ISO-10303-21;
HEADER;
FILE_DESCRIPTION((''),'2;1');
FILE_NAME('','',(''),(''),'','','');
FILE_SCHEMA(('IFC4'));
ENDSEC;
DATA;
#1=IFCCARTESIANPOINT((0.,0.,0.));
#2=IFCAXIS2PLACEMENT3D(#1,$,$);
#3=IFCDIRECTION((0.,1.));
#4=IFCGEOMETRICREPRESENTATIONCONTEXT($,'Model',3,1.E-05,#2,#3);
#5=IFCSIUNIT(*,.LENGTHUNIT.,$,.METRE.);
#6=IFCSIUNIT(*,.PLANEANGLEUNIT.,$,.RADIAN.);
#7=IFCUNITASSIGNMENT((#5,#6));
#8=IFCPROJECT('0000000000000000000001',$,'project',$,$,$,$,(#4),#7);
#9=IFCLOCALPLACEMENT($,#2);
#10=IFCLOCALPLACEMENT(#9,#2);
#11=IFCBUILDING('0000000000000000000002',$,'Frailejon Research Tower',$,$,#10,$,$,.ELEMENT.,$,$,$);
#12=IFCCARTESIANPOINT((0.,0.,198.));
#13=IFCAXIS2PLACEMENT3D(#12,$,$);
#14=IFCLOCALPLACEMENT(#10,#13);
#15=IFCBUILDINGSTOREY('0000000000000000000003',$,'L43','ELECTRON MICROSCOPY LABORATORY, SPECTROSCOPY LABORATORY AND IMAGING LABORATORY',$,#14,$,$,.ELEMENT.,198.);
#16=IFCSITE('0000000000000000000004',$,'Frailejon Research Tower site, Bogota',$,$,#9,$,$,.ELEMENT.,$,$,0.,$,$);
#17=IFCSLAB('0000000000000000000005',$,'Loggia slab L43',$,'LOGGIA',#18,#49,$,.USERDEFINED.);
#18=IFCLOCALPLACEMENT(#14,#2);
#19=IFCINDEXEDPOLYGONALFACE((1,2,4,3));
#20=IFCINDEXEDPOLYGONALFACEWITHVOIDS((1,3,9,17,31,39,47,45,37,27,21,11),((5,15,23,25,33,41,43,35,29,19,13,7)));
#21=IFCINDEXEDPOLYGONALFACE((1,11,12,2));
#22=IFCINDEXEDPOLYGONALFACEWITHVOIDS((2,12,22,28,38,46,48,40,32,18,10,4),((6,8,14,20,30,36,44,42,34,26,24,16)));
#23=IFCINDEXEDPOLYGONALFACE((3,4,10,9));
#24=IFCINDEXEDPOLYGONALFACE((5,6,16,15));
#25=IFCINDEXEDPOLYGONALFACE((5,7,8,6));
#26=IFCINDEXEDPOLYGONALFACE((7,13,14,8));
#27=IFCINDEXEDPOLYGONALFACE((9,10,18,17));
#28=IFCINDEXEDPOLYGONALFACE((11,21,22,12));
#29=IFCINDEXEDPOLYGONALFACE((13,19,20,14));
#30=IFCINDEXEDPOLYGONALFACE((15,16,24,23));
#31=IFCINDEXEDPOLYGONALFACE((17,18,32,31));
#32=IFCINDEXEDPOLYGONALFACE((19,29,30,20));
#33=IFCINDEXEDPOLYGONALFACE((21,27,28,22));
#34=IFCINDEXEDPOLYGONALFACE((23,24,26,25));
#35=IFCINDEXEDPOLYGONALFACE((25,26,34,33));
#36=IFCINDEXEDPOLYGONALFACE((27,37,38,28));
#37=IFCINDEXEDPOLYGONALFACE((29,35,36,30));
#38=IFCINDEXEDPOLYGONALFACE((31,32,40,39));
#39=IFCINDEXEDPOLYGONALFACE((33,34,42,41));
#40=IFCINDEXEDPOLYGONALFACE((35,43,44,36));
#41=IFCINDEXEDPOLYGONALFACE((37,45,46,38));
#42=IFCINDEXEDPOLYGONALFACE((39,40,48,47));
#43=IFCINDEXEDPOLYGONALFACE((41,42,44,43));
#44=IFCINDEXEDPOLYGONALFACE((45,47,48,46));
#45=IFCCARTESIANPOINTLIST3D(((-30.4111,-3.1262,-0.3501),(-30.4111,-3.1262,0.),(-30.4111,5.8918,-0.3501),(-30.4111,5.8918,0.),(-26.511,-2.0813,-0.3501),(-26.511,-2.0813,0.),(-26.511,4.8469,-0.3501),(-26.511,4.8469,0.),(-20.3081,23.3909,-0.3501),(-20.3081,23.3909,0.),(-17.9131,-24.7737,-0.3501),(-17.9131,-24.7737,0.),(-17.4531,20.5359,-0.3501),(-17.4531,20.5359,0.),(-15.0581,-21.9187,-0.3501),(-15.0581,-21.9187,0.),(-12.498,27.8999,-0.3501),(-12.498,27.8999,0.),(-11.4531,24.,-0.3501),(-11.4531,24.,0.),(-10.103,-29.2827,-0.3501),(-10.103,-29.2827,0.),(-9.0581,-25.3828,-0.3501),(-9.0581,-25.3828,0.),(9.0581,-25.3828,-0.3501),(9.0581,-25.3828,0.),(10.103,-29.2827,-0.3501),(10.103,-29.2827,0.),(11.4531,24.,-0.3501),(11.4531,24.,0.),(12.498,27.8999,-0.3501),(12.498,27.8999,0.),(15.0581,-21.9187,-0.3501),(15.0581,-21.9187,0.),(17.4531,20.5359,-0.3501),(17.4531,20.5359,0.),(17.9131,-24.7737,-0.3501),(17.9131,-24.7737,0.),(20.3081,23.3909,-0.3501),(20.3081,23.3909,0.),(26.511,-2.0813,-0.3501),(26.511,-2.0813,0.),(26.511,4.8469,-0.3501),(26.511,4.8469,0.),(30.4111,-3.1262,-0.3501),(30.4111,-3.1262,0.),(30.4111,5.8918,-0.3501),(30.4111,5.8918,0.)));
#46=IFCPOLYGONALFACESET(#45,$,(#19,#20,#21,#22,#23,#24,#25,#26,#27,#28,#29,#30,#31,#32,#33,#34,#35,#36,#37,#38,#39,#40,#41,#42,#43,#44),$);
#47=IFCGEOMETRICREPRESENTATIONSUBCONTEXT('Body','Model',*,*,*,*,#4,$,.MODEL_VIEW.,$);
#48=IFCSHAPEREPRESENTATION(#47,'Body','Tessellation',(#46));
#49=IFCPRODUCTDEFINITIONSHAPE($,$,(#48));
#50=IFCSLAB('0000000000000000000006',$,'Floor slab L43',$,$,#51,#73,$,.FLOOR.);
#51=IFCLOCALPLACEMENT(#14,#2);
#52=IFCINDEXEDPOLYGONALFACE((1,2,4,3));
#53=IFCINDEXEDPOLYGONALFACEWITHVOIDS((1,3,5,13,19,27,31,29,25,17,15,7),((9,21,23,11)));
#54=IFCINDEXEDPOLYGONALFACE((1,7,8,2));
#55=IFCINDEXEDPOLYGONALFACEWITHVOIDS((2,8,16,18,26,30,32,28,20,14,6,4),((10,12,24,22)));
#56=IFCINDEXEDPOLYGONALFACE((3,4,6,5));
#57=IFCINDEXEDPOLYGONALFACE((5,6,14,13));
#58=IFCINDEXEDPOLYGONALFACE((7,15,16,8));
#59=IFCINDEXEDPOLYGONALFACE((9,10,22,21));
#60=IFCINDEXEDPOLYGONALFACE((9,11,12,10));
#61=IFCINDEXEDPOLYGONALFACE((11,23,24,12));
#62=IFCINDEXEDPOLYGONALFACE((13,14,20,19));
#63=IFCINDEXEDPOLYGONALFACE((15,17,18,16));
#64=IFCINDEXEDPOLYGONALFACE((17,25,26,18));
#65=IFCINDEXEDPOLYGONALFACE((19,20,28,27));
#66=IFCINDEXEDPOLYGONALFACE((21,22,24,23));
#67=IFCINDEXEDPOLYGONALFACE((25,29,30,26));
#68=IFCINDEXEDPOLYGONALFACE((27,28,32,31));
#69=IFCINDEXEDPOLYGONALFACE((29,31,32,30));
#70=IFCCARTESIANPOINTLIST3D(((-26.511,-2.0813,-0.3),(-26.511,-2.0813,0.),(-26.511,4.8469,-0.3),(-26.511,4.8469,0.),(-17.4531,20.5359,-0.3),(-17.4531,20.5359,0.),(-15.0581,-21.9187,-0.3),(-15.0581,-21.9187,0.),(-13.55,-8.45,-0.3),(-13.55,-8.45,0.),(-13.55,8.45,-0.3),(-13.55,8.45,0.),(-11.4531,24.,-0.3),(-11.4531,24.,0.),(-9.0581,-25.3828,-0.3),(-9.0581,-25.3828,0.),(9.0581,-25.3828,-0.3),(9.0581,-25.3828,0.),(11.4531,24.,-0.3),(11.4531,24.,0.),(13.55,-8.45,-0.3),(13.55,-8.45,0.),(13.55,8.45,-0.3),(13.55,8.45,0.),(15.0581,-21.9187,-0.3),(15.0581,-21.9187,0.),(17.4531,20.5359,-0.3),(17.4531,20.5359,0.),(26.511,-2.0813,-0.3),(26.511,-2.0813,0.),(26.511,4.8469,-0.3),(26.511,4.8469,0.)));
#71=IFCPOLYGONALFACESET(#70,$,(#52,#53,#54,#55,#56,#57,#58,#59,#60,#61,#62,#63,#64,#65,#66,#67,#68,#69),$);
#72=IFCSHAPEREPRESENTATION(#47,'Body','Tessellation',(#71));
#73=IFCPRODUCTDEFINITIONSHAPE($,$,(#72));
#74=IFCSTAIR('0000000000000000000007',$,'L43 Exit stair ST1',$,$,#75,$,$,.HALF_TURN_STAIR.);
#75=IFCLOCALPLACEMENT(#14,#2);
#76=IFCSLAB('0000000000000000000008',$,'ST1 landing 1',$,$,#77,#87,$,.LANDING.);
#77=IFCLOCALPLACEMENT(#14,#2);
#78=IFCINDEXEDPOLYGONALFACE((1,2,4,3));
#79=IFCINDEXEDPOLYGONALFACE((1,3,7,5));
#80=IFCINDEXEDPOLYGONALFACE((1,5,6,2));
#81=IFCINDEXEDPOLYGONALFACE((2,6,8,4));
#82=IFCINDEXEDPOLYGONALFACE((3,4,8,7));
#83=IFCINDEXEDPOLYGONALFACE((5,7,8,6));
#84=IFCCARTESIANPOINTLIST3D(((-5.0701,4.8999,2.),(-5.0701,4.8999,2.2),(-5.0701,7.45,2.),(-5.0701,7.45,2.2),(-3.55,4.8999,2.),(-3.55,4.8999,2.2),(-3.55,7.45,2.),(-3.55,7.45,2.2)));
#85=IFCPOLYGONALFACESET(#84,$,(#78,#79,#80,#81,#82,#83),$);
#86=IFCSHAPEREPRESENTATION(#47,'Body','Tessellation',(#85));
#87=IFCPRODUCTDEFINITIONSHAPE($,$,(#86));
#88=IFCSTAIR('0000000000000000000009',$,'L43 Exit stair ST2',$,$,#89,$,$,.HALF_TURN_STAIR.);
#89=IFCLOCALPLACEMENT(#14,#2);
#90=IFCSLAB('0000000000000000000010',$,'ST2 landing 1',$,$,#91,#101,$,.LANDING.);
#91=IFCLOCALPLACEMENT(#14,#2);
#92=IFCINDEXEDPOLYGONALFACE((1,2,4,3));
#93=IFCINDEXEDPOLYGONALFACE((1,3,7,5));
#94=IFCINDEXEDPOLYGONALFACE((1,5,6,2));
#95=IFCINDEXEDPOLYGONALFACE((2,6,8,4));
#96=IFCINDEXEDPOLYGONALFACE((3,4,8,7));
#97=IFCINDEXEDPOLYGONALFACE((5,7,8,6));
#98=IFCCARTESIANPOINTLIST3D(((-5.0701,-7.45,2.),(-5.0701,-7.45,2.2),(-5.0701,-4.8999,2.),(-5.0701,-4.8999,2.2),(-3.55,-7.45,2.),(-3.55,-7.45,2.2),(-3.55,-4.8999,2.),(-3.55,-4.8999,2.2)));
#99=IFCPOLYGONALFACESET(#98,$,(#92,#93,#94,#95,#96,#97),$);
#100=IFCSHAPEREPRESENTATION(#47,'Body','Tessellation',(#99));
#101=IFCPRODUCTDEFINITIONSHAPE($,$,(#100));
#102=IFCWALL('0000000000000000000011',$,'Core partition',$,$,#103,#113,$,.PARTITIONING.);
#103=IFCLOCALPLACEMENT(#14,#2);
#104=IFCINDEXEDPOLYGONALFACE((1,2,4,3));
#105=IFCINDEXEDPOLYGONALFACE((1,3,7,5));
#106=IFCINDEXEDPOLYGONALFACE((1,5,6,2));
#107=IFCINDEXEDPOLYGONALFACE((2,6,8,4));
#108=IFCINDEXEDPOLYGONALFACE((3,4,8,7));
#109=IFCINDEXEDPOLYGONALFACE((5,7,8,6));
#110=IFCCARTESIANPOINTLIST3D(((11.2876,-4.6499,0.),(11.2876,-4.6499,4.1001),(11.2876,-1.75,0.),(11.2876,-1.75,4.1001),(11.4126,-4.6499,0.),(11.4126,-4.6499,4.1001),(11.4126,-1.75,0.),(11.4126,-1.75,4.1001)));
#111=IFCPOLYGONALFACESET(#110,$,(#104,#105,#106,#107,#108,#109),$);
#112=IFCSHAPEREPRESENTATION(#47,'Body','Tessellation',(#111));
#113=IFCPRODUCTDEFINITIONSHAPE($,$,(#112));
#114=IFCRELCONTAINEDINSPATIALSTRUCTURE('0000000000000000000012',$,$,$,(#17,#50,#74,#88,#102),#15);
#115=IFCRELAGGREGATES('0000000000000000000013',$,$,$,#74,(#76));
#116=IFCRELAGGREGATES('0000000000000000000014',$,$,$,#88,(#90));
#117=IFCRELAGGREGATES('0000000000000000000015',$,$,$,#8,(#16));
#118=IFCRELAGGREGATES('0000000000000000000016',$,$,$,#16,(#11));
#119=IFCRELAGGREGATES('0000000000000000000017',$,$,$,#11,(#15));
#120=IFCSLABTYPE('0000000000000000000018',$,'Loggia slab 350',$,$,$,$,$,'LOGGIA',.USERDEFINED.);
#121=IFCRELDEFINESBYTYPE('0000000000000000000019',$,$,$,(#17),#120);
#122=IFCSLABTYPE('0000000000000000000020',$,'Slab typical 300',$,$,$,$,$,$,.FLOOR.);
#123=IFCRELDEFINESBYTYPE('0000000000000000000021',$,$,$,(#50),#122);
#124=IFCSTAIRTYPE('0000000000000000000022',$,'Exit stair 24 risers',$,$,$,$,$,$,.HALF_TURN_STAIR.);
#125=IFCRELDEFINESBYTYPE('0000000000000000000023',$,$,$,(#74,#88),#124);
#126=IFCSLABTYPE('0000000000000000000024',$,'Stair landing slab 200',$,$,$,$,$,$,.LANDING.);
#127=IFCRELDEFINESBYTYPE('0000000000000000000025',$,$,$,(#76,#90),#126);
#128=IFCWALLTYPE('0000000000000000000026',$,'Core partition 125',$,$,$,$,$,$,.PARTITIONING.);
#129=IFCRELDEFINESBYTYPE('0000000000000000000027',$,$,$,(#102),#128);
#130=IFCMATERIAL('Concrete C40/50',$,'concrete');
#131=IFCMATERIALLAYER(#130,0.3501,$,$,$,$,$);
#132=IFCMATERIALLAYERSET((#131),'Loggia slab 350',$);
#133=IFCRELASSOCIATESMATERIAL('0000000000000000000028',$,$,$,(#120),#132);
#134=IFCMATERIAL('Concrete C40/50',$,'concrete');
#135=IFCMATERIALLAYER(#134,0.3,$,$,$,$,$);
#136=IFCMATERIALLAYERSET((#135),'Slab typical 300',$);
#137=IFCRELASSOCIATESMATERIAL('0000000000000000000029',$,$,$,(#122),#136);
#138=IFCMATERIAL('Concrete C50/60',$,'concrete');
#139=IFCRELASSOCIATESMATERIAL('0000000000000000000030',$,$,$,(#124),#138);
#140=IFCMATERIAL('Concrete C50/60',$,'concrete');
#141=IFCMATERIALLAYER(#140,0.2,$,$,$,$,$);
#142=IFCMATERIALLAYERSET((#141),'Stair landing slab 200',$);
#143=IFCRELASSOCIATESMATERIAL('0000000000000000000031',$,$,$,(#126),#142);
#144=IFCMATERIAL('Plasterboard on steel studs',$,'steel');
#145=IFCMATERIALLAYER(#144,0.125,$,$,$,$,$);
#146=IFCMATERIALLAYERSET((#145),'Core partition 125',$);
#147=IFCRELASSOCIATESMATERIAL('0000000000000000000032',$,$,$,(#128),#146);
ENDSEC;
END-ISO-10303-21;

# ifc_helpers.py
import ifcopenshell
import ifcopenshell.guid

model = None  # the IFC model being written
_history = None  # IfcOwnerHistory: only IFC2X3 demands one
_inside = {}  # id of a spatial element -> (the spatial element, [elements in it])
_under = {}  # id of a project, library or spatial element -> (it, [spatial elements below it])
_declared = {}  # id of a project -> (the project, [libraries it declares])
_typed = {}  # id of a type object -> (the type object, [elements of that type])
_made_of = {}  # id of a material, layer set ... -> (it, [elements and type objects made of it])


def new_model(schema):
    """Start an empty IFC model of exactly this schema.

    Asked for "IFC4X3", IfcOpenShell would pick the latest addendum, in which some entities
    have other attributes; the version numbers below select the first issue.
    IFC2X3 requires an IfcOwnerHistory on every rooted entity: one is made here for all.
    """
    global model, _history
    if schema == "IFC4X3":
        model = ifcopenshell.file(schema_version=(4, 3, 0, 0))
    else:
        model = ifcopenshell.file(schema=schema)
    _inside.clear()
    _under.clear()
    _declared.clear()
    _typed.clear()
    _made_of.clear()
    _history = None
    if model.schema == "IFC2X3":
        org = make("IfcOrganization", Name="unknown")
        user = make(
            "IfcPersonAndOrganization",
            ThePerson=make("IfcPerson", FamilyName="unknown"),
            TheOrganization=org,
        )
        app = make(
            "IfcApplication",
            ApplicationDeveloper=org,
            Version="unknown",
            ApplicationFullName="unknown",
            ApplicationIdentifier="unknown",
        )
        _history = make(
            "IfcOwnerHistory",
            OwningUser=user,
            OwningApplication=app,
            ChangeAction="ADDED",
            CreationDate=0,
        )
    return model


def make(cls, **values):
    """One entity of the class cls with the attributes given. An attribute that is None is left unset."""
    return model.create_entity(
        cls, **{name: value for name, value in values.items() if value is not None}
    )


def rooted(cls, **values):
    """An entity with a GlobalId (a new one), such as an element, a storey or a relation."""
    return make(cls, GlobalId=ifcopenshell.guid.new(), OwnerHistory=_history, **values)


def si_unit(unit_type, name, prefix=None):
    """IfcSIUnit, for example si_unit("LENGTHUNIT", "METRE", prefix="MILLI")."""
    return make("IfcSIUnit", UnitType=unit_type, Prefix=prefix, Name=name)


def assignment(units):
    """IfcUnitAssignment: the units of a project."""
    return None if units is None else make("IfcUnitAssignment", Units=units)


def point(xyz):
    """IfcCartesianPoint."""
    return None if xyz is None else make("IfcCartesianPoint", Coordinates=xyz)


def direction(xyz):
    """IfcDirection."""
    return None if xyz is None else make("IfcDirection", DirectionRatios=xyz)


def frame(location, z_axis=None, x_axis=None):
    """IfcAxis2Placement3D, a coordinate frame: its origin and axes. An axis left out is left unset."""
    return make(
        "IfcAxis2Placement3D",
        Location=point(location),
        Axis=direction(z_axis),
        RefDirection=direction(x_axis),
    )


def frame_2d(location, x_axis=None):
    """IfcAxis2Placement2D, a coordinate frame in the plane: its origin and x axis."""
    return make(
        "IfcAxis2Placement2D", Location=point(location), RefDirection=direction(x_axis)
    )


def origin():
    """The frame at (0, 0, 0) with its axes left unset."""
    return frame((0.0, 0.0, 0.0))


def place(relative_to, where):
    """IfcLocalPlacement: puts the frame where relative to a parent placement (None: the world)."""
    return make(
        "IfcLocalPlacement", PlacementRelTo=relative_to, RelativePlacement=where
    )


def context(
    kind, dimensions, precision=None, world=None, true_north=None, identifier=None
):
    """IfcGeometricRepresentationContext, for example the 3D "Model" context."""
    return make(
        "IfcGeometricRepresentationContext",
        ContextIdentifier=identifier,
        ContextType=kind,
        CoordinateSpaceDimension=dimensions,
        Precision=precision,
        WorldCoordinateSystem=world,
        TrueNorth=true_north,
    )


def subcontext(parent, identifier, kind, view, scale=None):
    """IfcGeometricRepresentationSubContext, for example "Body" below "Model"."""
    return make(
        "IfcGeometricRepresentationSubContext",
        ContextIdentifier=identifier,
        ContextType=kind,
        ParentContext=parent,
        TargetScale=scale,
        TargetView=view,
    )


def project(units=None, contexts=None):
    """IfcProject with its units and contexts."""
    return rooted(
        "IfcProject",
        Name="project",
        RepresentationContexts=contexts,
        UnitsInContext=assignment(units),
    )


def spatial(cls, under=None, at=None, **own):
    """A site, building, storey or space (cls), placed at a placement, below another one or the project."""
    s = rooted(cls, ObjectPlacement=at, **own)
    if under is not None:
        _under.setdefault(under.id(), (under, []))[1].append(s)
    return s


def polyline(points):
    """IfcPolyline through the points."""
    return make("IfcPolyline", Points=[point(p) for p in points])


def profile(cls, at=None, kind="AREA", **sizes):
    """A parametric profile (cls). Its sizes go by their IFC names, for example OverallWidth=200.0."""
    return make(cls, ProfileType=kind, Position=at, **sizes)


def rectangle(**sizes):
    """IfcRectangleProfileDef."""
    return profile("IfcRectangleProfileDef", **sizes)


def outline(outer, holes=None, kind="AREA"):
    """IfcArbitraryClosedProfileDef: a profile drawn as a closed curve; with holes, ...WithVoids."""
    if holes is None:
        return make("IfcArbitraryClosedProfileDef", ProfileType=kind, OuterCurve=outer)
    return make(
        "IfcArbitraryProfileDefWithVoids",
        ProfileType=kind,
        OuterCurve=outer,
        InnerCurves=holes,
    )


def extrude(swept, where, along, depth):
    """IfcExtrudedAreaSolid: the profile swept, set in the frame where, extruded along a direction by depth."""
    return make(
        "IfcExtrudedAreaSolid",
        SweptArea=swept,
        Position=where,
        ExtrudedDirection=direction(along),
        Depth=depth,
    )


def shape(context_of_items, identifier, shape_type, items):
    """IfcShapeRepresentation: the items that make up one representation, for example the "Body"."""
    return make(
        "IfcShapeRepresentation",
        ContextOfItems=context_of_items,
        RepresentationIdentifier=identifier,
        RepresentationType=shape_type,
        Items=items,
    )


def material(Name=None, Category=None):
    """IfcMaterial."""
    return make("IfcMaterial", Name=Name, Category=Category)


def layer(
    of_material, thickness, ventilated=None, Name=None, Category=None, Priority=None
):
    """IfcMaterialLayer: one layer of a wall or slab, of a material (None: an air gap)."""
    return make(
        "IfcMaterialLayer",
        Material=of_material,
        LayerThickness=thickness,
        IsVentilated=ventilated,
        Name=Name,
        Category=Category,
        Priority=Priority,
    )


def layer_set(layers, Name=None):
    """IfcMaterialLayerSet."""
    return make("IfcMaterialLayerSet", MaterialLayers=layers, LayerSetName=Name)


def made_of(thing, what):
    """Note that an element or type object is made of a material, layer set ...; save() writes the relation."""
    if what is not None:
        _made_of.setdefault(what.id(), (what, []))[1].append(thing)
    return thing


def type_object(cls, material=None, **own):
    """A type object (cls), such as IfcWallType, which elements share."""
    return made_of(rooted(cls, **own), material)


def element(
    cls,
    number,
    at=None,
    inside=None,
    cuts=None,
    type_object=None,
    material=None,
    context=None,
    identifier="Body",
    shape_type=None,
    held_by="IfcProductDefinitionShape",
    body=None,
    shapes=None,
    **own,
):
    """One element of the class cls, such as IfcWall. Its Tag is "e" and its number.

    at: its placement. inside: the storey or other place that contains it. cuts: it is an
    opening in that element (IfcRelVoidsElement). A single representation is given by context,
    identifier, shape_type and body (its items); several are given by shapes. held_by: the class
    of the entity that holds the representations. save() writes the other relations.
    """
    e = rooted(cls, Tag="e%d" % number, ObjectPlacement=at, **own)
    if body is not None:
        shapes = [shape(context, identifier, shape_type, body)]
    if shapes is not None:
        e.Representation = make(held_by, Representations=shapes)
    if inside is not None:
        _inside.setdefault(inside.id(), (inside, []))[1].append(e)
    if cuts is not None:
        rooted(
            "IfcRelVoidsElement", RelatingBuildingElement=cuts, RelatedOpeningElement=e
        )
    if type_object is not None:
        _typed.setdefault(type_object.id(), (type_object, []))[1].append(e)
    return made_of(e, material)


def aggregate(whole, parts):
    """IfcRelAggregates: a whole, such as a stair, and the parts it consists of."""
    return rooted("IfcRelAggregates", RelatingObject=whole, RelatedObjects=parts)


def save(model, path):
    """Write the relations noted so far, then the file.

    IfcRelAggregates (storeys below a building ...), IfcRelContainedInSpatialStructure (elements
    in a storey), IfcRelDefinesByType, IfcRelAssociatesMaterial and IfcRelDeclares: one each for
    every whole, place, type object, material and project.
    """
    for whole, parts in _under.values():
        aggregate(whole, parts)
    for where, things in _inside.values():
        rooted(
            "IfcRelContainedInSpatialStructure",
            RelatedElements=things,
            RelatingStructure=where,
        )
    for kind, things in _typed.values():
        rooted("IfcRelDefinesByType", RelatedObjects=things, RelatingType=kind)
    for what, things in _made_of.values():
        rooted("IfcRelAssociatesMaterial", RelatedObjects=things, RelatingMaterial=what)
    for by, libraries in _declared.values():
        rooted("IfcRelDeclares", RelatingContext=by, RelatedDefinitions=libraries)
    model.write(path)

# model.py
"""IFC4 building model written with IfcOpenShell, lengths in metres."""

from ifc_helpers import new_model, si_unit, direction, frame, frame_2d, origin, place, context, subcontext, project, spatial, polyline, rectangle, outline, extrude, material, layer, layer_set, type_object, element, aggregate, save


model = new_model("IFC4")

# Units and contexts
model_context = context("Model", 3, precision=1e-05, world=origin(), true_north=direction((0.0, 1.0)))
body_context = subcontext(model_context, "Body", "Model", "MODEL_VIEW")
ifc_project = project(units=[si_unit("LENGTHUNIT", "METRE"), si_unit("PLANEANGLEUNIT", "RADIAN")], contexts=[model_context])

# Site, building, storey
site_placement = place(None, origin())
site = spatial("IfcSite", under=ifc_project, at=site_placement, Name="Frailejon Research Tower site, Bogota", CompositionType="ELEMENT", RefElevation=0.0)
building_placement = place(site_placement, origin())
building = spatial("IfcBuilding", under=site, at=building_placement, Name="Frailejon Research Tower", CompositionType="ELEMENT")
storey_placement = place(building_placement, frame((0.0, 0.0, 198.0)))
storey = spatial("IfcBuildingStorey", under=building, at=storey_placement, Name="L43", Description="ELECTRON MICROSCOPY LABORATORY, SPECTROSCOPY LABORATORY AND IMAGING LABORATORY", CompositionType="ELEMENT", Elevation=198.0)

# Slabs
ifc_material_1 = material(Name="Concrete C40/50", Category="concrete")
ifc_layer_1 = layer(ifc_material_1, 0.3501)
ifc_layer_set_1 = layer_set([ifc_layer_1], Name="Loggia slab 350")
slab_type_1 = type_object("IfcSlabType", Name="Loggia slab 350", ElementType="LOGGIA", PredefinedType="USERDEFINED", material=ifc_layer_set_1)
slab_1_placement = place(storey_placement, frame((0.0, 0.0, -0.3501)))
element("IfcSlab", 1, at=slab_1_placement, inside=storey, type_object=slab_type_1, Name="Loggia slab L43", ObjectType="LOGGIA", PredefinedType="USERDEFINED", context=body_context, shape_type="SweptSolid", body=[
    extrude(outline(polyline([(17.9131, -24.7737), (10.103, -29.2827), (-10.103, -29.2827), (-17.9131, -24.7737), (-30.4111, -3.1262), (-30.4111, 5.8918), (-20.3081, 23.3909), (-12.498, 27.8999), (12.498, 27.8999), (20.3081, 23.3909), (30.4111, 5.8918), (30.4111, -3.1262), (17.9131, -24.7737)]), holes=[polyline([(26.511, 4.8469), (17.4531, 20.5359), (11.4531, 24.0), (-11.4531, 24.0), (-17.4531, 20.5359), (-26.511, 4.8469), (-26.511, -2.0813), (-15.0581, -21.9187), (-9.0581, -25.3828), (9.0581, -25.3828), (15.0581, -21.9187), (26.511, -2.0813), (26.511, 4.8469)])]), origin(), (0.0, 0.0, 1.0), 0.3501),
])
ifc_material_2 = material(Name="Concrete C40/50", Category="concrete")
ifc_layer_2 = layer(ifc_material_2, 0.3)
ifc_layer_set_2 = layer_set([ifc_layer_2], Name="Slab typical 300")
slab_type_2 = type_object("IfcSlabType", Name="Slab typical 300", PredefinedType="FLOOR", material=ifc_layer_set_2)
slab_2_placement = place(storey_placement, frame((0.0, 0.0, -0.3)))
element("IfcSlab", 2, at=slab_2_placement, inside=storey, type_object=slab_type_2, Name="Floor slab L43", PredefinedType="FLOOR", context=body_context, shape_type="SweptSolid", body=[
    extrude(outline(polyline([(26.511, -2.0813), (26.511, 4.8469), (17.4531, 20.5359), (11.4531, 24.0), (-11.4531, 24.0), (-17.4531, 20.5359), (-26.511, 4.8469), (-26.511, -2.0813), (-15.0581, -21.9187), (-9.0581, -25.3828), (9.0581, -25.3828), (15.0581, -21.9187), (26.511, -2.0813)]), holes=[polyline([(13.55, -8.45), (-13.55, -8.45), (-13.55, 8.45), (13.55, 8.45), (13.55, -8.45)])]), origin(), (0.0, 0.0, 1.0), 0.3),
])

# Stairs, slabs
ifc_material_3 = material(Name="Concrete C50/60", Category="concrete")
stair_type = type_object("IfcStairType", Name="Exit stair 24 risers", PredefinedType="HALF_TURN_STAIR", material=ifc_material_3)
stair_1_placement = place(storey_placement, origin())
stair_1 = element("IfcStair", 3, at=stair_1_placement, inside=storey, type_object=stair_type, Name="L43 Exit stair ST1", PredefinedType="HALF_TURN_STAIR")
ifc_material_4 = material(Name="Concrete C50/60", Category="concrete")
ifc_layer_3 = layer(ifc_material_4, 0.2)
ifc_layer_set_3 = layer_set([ifc_layer_3], Name="Stair landing slab 200")
slab_type_3 = type_object("IfcSlabType", Name="Stair landing slab 200", PredefinedType="LANDING", material=ifc_layer_set_3)
slab_3_placement = place(storey_placement, frame((0.0, 0.0, 2.0)))
slab_3 = element("IfcSlab", 4, at=slab_3_placement, type_object=slab_type_3, Name="ST1 landing 1", PredefinedType="LANDING", context=body_context, shape_type="SweptSolid", body=[
    extrude(outline(polyline([(-5.0701, 4.8999), (-3.55, 4.8999), (-3.55, 7.45), (-5.0701, 7.45), (-5.0701, 4.8999)])), origin(), (0.0, 0.0, 1.0), 0.2),
])
aggregate(stair_1, [slab_3])
stair_2_placement = place(storey_placement, origin())
stair_2 = element("IfcStair", 5, at=stair_2_placement, inside=storey, type_object=stair_type, Name="L43 Exit stair ST2", PredefinedType="HALF_TURN_STAIR")
slab_4_placement = place(storey_placement, frame((0.0, 0.0, 2.0)))
slab_4 = element("IfcSlab", 6, at=slab_4_placement, type_object=slab_type_3, Name="ST2 landing 1", PredefinedType="LANDING", context=body_context, shape_type="SweptSolid", body=[
    extrude(outline(polyline([(-5.0701, -7.45), (-3.55, -7.45), (-3.55, -4.8999), (-5.0701, -4.8999), (-5.0701, -7.45)])), origin(), (0.0, 0.0, 1.0), 0.2),
])
aggregate(stair_2, [slab_4])

# Wall
ifc_material_5 = material(Name="Plasterboard on steel studs", Category="steel")
ifc_layer_4 = layer(ifc_material_5, 0.125)
ifc_layer_set_4 = layer_set([ifc_layer_4], Name="Core partition 125")
wall_type_1 = type_object("IfcWallType", Name="Core partition 125", PredefinedType="PARTITIONING", material=ifc_layer_set_4)
wall_1_placement = place(storey_placement, frame((11.3501, -4.6499, 0.0), z_axis=(0.0, 0.0, 1.0), x_axis=(0.0, 1.0, 0.0)))
element("IfcWall", 7, at=wall_1_placement, inside=storey, type_object=wall_type_1, Name="Core partition", PredefinedType="PARTITIONING", context=body_context, shape_type="SweptSolid", body=[
    extrude(rectangle(XDim=2.8999, YDim=0.125, at=frame_2d((1.45, 0.0))), origin(), (0.0, 0.0, 1.0), 4.1001),
])

save(model, "model.ifc")
